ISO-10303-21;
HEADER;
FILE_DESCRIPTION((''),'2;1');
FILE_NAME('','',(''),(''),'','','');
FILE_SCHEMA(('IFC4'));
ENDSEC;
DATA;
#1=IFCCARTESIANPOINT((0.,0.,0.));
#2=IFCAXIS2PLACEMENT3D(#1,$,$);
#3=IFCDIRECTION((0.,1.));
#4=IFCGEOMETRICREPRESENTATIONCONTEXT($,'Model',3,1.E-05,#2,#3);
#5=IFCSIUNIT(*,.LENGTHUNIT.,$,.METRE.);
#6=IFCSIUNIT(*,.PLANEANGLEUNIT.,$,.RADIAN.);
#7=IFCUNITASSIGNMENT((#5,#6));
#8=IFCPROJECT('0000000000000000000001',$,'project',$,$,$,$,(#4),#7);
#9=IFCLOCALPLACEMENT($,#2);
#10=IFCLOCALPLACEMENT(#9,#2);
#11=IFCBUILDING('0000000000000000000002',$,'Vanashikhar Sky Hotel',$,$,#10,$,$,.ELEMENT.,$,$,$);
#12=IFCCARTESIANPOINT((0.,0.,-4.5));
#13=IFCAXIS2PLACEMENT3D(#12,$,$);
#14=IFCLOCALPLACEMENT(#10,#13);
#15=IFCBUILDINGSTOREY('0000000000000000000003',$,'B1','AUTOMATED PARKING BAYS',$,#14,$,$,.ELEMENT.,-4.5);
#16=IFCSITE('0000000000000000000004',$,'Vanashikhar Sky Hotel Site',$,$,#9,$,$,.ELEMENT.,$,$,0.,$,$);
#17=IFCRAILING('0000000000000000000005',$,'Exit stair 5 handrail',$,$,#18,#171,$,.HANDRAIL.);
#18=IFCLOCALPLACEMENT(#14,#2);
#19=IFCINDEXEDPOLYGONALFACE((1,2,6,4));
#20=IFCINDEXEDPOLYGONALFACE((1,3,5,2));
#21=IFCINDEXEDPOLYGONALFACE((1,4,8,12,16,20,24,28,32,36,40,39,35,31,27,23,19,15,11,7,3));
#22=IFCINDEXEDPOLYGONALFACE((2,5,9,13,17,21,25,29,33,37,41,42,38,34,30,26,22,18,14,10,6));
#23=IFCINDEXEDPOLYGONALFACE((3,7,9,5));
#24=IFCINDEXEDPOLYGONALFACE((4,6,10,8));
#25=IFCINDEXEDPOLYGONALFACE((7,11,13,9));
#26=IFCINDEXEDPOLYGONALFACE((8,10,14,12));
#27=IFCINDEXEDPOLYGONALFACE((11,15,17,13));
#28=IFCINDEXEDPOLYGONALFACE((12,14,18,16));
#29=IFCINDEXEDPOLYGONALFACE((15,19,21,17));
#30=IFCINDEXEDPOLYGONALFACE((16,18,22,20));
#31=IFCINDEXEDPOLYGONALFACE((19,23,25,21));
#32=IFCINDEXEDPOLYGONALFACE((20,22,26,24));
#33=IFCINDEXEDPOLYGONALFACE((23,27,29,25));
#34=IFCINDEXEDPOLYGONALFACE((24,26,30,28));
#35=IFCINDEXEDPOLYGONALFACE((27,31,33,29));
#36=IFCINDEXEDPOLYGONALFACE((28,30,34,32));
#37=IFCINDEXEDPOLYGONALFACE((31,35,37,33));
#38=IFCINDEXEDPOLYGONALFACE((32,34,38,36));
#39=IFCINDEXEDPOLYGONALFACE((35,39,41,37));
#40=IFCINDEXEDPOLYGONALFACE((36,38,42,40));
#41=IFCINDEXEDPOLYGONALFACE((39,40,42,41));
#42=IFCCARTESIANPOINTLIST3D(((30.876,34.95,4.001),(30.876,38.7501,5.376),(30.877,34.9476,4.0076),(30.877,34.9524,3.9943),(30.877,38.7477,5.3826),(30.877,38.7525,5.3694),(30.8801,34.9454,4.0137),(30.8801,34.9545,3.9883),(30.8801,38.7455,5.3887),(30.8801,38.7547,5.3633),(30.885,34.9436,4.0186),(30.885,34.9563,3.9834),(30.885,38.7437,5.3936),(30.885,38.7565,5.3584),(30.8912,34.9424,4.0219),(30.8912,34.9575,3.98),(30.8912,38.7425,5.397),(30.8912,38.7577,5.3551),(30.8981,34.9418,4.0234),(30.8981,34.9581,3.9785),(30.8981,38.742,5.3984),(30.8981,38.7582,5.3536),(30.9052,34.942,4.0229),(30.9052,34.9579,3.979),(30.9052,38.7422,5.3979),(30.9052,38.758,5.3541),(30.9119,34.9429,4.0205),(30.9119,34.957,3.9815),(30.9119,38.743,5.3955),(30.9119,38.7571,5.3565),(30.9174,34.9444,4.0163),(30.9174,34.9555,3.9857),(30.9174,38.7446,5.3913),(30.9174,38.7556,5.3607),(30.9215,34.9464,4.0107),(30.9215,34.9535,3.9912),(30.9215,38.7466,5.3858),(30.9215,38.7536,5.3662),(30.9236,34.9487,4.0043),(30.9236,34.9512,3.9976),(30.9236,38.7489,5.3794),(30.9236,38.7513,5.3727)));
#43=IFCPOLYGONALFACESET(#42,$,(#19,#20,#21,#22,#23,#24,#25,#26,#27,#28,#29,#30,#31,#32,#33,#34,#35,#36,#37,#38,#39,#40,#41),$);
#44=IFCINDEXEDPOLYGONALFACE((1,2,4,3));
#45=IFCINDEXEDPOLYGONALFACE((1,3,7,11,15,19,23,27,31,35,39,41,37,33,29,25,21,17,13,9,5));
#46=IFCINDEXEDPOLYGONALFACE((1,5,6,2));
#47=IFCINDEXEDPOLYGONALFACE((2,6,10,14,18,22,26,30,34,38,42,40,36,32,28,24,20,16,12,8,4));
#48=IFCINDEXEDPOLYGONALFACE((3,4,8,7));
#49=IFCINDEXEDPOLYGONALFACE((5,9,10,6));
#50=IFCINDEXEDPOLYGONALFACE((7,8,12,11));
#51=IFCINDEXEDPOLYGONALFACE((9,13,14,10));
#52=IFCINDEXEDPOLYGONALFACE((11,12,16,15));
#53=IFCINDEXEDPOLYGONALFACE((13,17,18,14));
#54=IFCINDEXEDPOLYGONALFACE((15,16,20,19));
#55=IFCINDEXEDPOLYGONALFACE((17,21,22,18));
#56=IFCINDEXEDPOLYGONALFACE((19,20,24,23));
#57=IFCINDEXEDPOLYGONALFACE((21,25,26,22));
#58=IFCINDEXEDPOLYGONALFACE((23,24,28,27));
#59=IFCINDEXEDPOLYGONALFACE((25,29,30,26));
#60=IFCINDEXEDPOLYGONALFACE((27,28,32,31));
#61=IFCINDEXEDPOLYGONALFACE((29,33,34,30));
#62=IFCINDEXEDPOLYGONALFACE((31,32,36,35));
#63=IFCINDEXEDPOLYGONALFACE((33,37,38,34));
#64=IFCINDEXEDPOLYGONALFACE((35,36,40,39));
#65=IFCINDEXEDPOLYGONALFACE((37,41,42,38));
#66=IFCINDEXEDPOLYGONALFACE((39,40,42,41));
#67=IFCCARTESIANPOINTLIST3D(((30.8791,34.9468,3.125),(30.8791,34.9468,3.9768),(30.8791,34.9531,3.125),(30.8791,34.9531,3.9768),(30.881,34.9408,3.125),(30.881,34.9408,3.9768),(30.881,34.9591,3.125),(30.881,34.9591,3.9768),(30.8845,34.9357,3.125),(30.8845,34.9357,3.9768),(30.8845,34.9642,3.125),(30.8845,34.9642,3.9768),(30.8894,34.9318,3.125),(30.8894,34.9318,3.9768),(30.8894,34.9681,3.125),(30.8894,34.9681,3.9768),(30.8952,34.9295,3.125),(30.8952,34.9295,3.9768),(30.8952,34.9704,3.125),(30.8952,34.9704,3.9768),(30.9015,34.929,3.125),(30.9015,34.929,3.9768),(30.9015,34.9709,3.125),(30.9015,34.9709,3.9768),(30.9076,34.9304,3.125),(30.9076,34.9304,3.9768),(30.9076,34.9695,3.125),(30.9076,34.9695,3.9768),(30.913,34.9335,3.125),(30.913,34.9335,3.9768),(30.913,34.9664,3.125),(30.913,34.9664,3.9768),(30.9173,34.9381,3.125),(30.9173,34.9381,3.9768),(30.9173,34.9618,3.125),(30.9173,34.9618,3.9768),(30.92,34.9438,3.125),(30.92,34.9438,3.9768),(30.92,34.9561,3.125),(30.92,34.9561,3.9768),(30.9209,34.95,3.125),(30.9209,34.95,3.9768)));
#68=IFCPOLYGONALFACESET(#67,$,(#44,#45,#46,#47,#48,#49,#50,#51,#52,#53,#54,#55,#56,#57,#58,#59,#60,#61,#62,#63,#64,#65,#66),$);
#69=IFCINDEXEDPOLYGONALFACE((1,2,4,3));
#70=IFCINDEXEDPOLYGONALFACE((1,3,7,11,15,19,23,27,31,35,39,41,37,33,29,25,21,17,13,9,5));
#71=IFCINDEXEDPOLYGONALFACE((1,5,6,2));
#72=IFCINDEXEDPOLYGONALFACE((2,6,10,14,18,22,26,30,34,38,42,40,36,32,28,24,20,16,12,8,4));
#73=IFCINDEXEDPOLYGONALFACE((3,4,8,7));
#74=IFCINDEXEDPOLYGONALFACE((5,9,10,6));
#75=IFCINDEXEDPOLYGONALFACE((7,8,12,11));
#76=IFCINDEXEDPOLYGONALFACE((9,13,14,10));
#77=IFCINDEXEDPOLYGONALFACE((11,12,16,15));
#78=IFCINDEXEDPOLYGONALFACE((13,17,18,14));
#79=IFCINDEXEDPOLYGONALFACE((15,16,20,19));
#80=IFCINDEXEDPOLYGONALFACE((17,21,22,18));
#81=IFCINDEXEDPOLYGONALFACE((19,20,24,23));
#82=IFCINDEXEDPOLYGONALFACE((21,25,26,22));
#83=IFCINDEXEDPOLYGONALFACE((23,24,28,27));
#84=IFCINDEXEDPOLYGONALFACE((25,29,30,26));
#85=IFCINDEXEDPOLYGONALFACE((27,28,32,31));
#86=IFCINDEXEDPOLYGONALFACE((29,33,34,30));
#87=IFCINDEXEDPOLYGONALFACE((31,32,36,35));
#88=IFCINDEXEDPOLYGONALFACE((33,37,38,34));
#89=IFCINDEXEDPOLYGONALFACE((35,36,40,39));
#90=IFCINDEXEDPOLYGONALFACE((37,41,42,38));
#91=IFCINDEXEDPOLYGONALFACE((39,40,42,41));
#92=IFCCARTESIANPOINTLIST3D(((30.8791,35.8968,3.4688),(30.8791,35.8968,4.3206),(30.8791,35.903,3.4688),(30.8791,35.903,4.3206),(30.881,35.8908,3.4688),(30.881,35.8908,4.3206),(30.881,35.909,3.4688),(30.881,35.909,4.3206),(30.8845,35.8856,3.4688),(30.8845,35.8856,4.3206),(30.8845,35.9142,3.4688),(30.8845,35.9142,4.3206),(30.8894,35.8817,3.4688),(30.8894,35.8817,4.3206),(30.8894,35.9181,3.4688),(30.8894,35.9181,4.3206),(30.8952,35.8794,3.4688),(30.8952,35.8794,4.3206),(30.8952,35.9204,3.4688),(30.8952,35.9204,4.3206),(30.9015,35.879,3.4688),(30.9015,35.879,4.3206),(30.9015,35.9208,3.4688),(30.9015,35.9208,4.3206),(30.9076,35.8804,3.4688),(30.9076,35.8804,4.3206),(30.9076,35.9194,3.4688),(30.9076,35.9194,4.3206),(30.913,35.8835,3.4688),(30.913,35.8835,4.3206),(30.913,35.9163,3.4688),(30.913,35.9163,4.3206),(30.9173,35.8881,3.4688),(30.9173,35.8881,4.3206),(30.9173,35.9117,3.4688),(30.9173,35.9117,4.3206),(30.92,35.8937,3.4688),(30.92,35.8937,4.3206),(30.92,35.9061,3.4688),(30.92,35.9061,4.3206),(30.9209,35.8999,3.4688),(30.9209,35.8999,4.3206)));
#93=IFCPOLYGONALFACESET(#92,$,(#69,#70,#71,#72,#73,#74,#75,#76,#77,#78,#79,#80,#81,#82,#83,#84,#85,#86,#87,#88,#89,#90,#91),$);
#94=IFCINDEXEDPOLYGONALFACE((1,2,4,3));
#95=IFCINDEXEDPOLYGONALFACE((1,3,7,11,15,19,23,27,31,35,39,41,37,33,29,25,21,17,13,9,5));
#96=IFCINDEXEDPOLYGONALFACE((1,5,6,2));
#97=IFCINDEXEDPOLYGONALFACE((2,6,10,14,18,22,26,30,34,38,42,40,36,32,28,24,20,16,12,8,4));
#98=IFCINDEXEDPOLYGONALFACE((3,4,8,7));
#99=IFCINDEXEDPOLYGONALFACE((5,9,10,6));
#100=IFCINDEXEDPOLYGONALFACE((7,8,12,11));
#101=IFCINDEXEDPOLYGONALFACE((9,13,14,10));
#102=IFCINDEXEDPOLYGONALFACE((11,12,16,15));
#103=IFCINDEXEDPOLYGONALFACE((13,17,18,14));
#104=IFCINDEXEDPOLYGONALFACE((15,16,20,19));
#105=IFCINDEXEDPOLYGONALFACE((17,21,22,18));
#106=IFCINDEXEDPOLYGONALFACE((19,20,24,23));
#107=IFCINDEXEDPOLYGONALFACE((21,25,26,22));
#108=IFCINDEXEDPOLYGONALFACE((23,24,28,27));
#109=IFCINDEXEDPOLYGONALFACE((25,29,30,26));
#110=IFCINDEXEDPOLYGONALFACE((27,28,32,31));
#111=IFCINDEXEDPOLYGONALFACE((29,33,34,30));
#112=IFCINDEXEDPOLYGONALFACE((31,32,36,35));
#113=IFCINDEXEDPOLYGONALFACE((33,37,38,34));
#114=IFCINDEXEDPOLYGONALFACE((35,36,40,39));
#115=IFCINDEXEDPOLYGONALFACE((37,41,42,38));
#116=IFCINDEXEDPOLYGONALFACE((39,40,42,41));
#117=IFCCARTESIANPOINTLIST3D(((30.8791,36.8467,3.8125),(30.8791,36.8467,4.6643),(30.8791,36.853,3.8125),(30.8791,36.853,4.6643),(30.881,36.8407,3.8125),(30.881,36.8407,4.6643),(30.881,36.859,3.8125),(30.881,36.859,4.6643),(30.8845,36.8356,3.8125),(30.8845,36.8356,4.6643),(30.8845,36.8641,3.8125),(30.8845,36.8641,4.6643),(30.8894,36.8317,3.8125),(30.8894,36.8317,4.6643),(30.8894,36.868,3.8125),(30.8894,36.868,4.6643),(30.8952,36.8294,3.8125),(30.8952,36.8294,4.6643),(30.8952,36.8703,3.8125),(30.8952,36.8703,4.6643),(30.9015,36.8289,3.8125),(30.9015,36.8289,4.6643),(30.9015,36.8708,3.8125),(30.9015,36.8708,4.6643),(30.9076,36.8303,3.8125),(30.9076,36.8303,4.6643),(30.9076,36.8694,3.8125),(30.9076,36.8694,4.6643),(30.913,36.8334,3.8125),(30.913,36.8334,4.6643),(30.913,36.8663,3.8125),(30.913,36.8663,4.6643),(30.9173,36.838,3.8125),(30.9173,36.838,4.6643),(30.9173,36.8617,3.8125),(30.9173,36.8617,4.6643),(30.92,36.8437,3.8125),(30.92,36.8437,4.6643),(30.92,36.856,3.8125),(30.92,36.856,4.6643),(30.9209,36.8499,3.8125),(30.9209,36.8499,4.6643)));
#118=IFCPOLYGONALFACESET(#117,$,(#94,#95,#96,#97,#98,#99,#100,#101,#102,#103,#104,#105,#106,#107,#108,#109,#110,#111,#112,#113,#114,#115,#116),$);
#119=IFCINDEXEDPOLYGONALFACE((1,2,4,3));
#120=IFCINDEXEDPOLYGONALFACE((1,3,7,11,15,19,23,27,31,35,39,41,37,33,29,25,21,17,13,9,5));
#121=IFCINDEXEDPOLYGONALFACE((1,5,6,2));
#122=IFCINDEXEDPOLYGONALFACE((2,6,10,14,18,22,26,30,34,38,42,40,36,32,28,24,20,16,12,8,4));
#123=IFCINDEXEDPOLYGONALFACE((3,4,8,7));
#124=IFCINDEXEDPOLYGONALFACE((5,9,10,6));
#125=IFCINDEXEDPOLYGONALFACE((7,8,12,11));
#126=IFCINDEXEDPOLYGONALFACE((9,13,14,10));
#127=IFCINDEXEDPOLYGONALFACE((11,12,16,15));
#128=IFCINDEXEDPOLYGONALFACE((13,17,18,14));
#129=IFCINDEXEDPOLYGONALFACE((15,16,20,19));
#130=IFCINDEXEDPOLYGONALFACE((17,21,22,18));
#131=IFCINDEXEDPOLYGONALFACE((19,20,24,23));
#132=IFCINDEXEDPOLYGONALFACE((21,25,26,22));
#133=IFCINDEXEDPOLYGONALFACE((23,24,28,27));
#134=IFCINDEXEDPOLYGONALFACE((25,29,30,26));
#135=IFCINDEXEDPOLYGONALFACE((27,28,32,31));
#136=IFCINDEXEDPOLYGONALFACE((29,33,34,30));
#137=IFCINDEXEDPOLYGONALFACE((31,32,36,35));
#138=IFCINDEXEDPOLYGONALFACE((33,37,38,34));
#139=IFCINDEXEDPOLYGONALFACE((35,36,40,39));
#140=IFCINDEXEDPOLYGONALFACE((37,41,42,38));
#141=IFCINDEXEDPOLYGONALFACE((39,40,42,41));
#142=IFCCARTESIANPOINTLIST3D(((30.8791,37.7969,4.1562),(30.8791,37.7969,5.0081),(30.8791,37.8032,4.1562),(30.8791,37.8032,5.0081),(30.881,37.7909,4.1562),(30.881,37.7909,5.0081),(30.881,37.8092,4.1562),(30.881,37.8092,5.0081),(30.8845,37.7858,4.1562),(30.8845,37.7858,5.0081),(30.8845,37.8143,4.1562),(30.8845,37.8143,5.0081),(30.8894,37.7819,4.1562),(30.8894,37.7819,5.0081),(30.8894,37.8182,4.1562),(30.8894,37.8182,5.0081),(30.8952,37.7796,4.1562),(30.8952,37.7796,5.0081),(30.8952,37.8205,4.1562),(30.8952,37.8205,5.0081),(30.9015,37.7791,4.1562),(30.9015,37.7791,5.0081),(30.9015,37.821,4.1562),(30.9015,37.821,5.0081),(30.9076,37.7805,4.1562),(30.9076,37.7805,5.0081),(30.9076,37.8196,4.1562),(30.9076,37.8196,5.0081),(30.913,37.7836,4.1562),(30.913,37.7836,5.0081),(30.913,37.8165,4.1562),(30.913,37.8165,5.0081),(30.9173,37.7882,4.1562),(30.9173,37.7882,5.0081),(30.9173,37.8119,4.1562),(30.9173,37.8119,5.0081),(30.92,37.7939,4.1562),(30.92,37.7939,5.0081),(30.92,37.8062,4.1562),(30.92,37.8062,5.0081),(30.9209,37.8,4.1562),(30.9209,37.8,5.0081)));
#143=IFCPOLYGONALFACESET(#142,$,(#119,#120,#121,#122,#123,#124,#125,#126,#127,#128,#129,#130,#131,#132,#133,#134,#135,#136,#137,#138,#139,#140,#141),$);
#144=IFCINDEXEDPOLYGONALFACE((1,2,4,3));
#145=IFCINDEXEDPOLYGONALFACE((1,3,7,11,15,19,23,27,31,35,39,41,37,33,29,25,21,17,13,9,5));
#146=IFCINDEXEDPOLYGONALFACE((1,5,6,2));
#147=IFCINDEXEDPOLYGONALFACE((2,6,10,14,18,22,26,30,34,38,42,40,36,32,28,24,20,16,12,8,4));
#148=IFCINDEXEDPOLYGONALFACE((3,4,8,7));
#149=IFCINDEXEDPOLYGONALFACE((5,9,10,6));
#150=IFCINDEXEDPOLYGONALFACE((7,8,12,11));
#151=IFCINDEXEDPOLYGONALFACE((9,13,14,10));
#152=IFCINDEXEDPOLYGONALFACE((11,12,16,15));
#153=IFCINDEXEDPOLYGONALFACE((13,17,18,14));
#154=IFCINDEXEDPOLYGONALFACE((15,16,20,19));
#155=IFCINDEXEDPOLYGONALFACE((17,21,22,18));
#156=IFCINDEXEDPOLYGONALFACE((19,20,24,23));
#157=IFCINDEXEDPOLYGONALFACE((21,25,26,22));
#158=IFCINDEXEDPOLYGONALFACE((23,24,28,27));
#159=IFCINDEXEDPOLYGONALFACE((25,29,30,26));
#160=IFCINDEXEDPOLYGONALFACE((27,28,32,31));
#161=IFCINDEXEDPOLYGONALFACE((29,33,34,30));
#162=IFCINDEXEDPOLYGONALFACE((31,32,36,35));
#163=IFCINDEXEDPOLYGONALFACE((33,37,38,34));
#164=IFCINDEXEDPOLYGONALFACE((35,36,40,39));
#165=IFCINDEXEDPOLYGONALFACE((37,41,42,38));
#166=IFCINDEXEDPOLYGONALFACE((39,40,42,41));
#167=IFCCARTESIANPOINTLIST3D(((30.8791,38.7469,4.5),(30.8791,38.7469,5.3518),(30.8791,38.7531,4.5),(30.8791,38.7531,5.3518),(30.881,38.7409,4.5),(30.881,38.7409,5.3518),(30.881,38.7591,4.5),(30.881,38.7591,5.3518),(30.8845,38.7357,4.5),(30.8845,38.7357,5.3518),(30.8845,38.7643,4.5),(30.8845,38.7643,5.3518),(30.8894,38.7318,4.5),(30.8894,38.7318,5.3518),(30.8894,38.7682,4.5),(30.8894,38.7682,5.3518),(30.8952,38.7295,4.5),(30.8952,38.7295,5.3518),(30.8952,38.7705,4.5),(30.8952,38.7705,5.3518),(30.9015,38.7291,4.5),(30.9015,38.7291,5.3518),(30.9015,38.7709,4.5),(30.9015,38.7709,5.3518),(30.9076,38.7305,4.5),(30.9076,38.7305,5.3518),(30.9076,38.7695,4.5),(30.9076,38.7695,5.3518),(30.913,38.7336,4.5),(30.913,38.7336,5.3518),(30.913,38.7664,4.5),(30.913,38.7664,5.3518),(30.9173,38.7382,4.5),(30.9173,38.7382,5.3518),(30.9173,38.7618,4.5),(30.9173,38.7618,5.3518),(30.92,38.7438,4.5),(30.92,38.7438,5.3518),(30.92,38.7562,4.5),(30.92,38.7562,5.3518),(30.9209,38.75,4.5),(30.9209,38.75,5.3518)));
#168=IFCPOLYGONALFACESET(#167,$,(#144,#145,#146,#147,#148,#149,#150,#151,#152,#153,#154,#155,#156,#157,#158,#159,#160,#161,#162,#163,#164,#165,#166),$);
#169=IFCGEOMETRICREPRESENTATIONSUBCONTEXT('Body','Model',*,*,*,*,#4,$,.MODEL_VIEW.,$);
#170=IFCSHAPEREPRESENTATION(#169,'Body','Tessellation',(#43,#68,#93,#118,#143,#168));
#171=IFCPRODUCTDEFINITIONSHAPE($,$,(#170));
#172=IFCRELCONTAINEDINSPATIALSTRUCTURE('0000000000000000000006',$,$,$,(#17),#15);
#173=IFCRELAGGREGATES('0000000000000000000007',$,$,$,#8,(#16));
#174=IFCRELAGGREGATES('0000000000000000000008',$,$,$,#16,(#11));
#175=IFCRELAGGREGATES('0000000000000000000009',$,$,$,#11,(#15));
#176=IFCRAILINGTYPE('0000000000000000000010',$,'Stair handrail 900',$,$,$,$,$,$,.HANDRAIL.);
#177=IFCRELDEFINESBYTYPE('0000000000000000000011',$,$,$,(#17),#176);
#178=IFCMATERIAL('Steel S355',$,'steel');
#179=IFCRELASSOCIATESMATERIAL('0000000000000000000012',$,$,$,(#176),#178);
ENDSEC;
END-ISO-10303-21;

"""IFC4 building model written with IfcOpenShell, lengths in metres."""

from ifc_helpers import new_model, si_unit, direction, frame, origin, origin_2d, place, context, subcontext, project, spatial, circle, extrude, source, transform, mapped, material, type_object, element, save


model = new_model("IFC4")

# Units and contexts
model_context = context("Model", 3, precision=1e-05, world=origin(), true_north=direction((0.0, 1.0)))
body_context = subcontext(model_context, "Body", "Model", "MODEL_VIEW")
ifc_project = project(units=[si_unit("LENGTHUNIT", "METRE"), si_unit("PLANEANGLEUNIT", "RADIAN")], contexts=[model_context])

# Site, building, storey
site_placement = place(None, origin())
site = spatial("IfcSite", under=ifc_project, at=site_placement, Name="Vanashikhar Sky Hotel Site", CompositionType="ELEMENT", RefElevation=0.0)
building_placement = place(site_placement, origin())
building = spatial("IfcBuilding", under=site, at=building_placement, Name="Vanashikhar Sky Hotel", CompositionType="ELEMENT")
storey_placement = place(building_placement, frame((0.0, 0.0, -4.5)))
storey = spatial("IfcBuildingStorey", under=building, at=storey_placement, Name="B1", Description="AUTOMATED PARKING BAYS", CompositionType="ELEMENT", Elevation=-4.5)

# Railing
ifc_material_1 = material(Name="Steel S355", Category="steel")
railing_type_1 = type_object("IfcRailingType", Name="Stair handrail 900", PredefinedType="HANDRAIL", material=ifc_material_1)
shared_shape_1 = source(origin(), body_context, "Body", "SweptSolid", [
    extrude(circle(Radius=0.0239, at=origin_2d()), frame((0.0, 0.0, 0.876), z_axis=(0.0, 0.940336, 0.340249), x_axis=(-1.0, 0.0, 0.0)), (0.0, 0.0, 1.0), 4.0413),
    extrude(circle(Radius=0.021, at=origin_2d()), origin(), (0.0, 0.0, 1.0), 0.8518),
    extrude(circle(Radius=0.021, at=origin_2d()), frame((0.0, 0.95, 0.3438)), (0.0, 0.0, 1.0), 0.8518),
    extrude(circle(Radius=0.021, at=origin_2d()), frame((0.0, 1.8999, 0.6875)), (0.0, 0.0, 1.0), 0.8518),
    extrude(circle(Radius=0.021, at=origin_2d()), frame((0.0, 2.8501, 1.0312)), (0.0, 0.0, 1.0), 0.8518),
    extrude(circle(Radius=0.021, at=origin_2d()), frame((0.0, 3.8, 1.375)), (0.0, 0.0, 1.0), 0.8518),
])
for number, where, name in (
    (1, (30.8999, 34.95, 3.125), "Exit stair 5 handrail"),
):
    element("IfcRailing", number, at=place(storey_placement, frame(where)), inside=storey, type_object=railing_type_1, Name=name, PredefinedType="HANDRAIL", context=body_context, shape_type="MappedRepresentation", body=[
        mapped(shared_shape_1, transform((0.0, 0.0, 0.0), scale=1.0)),
    ])

save(model, "model.ifc")
